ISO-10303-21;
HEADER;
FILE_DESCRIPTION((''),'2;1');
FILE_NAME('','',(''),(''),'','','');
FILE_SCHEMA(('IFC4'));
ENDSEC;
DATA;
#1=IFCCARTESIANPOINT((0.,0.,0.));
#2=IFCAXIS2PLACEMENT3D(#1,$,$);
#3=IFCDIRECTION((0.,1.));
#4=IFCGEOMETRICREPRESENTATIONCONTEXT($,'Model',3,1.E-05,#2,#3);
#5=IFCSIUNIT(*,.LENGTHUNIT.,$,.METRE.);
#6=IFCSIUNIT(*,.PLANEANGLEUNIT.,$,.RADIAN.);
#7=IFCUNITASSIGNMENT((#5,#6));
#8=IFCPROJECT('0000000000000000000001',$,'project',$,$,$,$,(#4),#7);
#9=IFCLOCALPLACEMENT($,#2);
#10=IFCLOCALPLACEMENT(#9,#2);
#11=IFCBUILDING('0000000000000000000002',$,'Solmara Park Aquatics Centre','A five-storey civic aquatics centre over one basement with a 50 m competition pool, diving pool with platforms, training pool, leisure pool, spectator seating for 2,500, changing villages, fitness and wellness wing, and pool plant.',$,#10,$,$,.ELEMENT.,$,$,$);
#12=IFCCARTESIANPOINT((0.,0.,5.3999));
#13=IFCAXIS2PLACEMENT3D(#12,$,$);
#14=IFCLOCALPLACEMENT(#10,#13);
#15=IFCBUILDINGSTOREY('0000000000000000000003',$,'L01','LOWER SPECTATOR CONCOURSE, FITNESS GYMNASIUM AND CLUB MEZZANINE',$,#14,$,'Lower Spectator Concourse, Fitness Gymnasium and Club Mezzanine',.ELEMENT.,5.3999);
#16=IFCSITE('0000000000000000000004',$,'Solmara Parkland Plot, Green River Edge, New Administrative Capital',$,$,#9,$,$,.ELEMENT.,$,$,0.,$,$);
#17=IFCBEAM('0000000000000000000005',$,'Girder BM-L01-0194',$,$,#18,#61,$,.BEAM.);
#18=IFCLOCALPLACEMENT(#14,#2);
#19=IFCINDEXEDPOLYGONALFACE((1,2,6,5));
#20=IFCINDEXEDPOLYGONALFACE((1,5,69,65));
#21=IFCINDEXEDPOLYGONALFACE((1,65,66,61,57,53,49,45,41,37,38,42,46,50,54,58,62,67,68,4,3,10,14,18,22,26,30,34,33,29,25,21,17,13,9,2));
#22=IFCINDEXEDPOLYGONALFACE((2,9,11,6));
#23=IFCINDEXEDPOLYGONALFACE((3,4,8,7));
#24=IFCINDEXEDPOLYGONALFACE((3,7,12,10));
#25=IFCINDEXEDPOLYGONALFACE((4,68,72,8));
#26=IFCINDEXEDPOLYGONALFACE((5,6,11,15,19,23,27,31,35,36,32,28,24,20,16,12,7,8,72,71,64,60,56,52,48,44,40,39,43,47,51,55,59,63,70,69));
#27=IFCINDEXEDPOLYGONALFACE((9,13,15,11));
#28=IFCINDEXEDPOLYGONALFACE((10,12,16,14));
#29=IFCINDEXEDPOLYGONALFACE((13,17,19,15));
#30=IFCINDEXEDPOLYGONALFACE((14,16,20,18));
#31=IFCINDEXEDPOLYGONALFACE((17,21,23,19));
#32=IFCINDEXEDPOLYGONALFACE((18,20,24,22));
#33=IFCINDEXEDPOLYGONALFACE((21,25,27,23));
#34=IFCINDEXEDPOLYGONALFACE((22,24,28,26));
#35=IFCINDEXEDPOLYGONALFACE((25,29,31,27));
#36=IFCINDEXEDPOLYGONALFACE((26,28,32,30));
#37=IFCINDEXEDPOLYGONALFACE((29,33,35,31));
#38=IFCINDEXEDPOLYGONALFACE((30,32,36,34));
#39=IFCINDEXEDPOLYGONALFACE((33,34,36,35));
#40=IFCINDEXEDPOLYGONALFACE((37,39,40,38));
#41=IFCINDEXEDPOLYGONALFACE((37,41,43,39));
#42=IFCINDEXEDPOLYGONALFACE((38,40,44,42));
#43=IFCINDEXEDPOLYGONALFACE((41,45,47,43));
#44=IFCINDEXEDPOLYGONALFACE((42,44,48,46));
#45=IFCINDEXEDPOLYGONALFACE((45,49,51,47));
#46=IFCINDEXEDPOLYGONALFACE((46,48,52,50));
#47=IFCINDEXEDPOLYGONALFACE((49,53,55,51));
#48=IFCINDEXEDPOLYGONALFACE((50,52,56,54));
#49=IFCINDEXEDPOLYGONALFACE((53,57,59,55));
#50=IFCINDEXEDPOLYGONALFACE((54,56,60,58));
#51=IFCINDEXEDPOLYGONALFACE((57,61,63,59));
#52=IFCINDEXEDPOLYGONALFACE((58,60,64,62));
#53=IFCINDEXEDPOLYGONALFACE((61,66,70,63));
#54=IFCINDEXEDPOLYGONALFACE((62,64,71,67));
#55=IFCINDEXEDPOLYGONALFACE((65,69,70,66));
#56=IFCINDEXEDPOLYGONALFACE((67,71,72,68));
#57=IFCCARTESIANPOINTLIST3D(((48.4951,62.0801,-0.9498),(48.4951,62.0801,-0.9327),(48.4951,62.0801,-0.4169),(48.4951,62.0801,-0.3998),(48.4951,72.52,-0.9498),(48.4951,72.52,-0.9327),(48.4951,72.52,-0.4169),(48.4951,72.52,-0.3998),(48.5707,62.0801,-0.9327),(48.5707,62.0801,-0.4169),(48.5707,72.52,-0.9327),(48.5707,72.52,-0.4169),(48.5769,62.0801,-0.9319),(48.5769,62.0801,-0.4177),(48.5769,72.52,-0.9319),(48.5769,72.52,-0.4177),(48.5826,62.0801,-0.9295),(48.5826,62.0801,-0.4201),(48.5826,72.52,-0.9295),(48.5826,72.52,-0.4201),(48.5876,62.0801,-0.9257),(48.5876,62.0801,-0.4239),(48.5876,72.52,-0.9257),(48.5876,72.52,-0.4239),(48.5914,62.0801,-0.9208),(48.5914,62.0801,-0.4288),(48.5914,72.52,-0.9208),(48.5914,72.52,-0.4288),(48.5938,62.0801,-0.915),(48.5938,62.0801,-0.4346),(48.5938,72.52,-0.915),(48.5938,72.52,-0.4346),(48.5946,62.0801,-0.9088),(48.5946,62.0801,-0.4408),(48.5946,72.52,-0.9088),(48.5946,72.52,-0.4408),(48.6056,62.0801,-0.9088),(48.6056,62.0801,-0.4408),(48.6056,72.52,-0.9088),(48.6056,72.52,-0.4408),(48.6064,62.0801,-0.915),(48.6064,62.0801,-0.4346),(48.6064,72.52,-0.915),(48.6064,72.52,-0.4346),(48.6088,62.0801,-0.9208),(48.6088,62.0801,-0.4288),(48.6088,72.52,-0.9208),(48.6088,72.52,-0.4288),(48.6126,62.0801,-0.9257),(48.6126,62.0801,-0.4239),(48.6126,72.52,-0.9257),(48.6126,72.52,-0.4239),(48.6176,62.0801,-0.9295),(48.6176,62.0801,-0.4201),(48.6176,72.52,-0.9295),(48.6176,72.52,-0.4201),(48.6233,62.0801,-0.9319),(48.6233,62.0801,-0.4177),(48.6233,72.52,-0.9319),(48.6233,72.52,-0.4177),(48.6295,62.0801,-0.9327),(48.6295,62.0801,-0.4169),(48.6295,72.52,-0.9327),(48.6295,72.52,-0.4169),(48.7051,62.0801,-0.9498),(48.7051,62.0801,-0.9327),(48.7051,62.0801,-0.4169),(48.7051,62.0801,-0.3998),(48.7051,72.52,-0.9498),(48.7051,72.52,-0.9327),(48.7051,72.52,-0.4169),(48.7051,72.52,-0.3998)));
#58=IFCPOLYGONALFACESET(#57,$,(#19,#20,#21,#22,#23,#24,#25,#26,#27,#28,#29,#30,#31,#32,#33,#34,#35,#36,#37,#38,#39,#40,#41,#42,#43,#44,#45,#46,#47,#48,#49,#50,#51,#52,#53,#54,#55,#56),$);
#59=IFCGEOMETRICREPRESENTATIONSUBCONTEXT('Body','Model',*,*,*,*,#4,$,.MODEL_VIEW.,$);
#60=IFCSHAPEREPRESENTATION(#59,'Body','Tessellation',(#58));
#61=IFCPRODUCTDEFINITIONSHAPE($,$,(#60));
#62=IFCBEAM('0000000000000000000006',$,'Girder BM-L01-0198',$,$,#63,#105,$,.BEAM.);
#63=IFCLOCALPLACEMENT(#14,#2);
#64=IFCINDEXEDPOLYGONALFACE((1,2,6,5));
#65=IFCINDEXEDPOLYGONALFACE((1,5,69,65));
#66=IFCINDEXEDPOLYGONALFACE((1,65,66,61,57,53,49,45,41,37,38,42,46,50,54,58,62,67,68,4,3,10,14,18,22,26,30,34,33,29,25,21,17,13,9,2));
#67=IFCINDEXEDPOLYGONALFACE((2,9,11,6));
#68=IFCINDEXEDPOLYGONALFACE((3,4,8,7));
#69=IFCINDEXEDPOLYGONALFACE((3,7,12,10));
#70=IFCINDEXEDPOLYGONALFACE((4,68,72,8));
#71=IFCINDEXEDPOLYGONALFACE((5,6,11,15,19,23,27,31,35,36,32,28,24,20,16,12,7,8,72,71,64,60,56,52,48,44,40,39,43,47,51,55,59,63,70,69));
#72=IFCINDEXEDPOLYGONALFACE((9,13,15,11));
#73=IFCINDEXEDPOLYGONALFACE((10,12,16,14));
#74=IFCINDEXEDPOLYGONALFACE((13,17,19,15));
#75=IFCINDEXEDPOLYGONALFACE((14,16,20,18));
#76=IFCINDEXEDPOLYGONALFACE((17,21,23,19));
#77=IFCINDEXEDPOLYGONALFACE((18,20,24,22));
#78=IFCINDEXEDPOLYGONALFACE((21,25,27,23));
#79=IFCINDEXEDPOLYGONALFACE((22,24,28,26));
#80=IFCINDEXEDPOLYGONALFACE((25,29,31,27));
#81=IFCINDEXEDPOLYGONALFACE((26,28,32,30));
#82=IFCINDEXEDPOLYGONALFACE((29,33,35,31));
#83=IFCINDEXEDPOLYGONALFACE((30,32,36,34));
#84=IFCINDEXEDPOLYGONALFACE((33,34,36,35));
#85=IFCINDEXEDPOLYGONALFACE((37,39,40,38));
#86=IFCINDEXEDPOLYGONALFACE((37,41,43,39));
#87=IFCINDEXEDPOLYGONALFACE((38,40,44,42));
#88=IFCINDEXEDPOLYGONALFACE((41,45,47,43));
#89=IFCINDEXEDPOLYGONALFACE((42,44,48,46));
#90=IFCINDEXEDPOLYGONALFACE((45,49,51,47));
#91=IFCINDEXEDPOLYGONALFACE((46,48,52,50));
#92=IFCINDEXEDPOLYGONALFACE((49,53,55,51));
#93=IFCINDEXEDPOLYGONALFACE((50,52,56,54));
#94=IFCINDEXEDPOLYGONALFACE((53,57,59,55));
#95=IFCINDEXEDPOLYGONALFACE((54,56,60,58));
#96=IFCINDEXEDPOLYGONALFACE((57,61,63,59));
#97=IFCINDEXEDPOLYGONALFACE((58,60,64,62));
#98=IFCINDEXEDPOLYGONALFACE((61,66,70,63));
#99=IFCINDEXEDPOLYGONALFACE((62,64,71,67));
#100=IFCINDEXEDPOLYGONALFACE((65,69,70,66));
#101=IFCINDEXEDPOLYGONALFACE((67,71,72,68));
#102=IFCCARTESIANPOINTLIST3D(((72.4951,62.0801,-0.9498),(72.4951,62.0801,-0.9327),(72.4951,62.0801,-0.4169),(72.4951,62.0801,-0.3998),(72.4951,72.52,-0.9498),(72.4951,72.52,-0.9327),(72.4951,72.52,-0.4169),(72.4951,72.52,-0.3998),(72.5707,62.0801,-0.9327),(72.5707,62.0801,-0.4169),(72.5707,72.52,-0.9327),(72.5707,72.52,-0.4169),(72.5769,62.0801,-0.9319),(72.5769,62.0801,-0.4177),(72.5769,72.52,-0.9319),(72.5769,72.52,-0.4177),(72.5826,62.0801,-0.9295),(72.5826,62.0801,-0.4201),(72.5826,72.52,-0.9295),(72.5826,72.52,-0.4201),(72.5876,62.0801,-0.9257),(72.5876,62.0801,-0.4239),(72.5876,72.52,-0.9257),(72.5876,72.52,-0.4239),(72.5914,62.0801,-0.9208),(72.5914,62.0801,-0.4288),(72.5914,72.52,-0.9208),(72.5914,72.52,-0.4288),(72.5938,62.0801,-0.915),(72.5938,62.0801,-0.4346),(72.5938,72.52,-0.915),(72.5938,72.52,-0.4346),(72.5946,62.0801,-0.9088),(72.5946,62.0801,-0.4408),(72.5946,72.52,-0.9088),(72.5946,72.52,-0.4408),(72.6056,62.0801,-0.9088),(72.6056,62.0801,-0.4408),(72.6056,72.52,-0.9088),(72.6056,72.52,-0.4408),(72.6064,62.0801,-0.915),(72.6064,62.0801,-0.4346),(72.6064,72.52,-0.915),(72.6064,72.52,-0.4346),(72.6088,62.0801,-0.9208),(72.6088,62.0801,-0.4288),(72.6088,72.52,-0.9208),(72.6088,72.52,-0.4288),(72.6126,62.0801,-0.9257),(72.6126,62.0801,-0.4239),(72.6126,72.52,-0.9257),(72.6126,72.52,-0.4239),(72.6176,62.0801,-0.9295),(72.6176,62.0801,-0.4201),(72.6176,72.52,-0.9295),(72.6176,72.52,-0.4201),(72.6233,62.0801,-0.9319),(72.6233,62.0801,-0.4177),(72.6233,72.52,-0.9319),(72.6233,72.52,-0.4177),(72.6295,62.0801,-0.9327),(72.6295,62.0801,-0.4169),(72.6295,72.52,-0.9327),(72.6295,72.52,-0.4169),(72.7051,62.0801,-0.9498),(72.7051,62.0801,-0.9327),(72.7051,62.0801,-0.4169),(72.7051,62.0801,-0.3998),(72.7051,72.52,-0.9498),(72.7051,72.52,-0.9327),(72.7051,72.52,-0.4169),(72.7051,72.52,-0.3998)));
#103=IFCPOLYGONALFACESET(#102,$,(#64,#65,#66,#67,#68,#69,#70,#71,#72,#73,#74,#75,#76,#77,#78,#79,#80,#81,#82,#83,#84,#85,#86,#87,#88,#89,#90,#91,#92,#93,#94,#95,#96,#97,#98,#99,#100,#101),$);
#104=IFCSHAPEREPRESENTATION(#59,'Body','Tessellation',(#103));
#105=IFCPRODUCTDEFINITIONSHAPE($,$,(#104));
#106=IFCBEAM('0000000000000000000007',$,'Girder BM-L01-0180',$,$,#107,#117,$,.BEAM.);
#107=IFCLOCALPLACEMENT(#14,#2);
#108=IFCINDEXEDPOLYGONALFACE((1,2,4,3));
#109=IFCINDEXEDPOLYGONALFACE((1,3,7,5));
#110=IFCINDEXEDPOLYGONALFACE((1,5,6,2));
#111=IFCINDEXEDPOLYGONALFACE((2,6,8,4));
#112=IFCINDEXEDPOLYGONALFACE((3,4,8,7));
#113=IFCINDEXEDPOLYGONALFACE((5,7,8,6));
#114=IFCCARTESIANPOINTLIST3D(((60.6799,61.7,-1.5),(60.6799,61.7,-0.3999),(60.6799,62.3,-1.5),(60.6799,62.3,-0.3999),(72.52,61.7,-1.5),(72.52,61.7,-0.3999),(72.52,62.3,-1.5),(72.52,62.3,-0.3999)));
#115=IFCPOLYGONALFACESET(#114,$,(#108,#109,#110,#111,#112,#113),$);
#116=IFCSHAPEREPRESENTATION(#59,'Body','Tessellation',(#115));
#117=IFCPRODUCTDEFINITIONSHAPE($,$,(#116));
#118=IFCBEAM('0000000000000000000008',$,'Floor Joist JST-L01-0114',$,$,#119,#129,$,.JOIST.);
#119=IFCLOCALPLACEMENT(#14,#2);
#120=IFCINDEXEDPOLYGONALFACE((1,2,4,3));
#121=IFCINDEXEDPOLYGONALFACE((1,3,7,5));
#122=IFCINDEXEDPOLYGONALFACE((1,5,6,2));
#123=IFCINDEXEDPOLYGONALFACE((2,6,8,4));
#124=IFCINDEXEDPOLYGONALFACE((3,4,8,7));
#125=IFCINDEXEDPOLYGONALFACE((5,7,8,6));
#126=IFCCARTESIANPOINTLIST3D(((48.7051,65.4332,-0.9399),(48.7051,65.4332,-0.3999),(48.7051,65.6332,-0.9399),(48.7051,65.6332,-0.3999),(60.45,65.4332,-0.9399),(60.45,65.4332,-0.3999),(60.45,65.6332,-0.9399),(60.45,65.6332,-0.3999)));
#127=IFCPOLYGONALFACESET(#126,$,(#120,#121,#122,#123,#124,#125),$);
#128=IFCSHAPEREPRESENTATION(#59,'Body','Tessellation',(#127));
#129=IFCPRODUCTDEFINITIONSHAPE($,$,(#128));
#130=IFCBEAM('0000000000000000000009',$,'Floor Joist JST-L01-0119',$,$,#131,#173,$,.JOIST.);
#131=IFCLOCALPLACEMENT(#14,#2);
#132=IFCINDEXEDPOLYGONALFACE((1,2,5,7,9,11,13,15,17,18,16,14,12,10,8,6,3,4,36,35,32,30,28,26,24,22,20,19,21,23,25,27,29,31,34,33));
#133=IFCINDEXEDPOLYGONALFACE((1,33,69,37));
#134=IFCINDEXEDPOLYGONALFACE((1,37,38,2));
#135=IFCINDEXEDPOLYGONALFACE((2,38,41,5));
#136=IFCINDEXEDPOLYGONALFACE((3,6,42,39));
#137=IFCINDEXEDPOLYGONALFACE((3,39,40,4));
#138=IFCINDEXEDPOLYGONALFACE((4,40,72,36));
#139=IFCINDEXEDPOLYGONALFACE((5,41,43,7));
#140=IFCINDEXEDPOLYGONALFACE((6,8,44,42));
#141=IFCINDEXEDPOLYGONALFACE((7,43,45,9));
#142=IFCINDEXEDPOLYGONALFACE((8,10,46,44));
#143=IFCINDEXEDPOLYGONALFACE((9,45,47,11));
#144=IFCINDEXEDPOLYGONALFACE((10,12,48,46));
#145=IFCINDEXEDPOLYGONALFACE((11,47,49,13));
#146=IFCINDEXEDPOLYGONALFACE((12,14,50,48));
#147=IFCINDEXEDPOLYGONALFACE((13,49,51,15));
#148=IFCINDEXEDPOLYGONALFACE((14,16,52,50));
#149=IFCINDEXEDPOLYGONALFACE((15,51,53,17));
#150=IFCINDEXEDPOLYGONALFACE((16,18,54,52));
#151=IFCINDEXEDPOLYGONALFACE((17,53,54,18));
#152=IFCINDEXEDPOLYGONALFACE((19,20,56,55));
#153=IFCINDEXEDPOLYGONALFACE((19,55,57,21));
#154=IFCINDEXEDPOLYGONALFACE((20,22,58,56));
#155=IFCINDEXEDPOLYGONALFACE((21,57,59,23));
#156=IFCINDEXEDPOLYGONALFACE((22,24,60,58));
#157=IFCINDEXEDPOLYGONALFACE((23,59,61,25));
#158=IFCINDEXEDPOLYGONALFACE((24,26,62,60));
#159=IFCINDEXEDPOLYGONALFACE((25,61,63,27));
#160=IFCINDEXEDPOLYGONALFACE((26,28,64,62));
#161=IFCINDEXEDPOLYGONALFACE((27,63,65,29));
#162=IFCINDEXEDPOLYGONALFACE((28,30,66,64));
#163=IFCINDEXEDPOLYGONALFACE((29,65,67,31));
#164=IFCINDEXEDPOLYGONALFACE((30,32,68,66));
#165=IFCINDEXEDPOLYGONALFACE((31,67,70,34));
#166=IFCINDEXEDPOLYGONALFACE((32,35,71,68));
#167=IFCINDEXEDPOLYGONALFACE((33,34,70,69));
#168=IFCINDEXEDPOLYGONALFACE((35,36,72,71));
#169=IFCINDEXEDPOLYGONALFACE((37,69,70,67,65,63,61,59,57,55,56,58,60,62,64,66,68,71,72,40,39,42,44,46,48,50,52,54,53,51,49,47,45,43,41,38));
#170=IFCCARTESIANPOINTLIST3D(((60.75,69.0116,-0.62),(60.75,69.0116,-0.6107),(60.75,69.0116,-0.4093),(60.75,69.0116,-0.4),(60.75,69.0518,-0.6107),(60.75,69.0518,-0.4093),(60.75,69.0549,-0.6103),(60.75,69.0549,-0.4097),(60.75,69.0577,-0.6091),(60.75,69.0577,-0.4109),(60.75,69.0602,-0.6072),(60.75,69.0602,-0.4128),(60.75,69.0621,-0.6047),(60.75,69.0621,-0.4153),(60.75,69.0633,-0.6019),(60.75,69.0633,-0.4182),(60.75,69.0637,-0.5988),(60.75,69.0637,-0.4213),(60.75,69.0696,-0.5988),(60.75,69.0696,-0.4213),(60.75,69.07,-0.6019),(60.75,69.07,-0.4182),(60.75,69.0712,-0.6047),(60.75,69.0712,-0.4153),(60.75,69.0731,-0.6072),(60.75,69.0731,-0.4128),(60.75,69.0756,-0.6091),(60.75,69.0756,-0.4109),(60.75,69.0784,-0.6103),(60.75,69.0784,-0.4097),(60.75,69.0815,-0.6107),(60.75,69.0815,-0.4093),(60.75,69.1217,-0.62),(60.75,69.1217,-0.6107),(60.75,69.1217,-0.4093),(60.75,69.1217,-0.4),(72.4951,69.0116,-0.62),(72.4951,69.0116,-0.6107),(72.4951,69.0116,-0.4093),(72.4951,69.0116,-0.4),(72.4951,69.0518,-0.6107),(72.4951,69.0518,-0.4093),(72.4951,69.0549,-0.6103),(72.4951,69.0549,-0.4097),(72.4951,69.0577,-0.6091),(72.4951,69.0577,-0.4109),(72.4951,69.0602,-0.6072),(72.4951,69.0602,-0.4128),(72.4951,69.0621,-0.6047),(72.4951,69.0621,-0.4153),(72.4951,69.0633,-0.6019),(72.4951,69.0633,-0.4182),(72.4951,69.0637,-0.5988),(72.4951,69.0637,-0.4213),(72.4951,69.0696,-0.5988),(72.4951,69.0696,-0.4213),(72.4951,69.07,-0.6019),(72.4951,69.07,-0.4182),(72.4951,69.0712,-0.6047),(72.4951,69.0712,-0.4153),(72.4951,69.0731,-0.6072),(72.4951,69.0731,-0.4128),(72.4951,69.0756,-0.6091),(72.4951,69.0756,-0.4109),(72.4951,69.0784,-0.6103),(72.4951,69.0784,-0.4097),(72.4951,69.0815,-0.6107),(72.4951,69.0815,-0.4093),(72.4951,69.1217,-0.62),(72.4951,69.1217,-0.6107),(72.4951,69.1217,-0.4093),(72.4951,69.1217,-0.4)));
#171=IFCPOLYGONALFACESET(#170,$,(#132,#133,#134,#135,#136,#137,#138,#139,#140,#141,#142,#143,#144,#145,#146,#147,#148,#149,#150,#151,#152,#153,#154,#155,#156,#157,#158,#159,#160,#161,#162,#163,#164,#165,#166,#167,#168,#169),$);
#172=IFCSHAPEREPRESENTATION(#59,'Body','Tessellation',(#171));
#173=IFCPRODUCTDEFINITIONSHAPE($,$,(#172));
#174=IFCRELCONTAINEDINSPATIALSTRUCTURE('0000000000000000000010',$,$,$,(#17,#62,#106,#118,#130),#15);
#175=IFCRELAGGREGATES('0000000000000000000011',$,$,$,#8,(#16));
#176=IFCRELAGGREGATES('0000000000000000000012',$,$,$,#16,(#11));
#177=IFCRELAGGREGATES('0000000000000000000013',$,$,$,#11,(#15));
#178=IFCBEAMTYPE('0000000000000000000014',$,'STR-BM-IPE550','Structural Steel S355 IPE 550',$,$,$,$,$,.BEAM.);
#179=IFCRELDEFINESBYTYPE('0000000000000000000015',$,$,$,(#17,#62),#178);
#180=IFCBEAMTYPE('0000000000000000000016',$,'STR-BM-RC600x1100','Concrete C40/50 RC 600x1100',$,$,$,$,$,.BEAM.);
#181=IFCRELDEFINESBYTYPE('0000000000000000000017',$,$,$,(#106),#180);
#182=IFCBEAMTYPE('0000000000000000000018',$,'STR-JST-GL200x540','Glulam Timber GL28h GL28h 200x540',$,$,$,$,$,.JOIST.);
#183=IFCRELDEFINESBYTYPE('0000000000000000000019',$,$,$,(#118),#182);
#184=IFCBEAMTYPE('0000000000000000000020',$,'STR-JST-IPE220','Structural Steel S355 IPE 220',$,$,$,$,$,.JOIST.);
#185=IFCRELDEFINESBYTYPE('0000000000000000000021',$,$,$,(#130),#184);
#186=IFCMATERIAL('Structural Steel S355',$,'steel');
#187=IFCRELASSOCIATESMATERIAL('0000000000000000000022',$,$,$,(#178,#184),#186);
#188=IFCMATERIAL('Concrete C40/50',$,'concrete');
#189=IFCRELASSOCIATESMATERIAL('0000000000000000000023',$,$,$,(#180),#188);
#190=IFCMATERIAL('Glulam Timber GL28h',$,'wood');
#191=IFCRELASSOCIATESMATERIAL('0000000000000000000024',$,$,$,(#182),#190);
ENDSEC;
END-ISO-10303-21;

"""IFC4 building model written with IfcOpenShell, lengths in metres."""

from ifc_helpers import new_model, si_unit, direction, frame, origin, origin_2d, place, context, subcontext, project, spatial, rectangle, i_section, extrude, material, material_profile, profile_set, type_object, element, save


model = new_model("IFC4")

# Units and contexts
model_context = context("Model", 3, precision=1e-05, world=origin(), true_north=direction((0.0, 1.0)))
body_context = subcontext(model_context, "Body", "Model", "MODEL_VIEW")
ifc_project = project(units=[si_unit("LENGTHUNIT", "METRE"), si_unit("PLANEANGLEUNIT", "RADIAN")], contexts=[model_context])

# Site, building, storey
site_placement = place(None, origin())
site = spatial("IfcSite", under=ifc_project, at=site_placement, Name="Solmara Parkland Plot, Green River Edge, New Administrative Capital", CompositionType="ELEMENT", RefElevation=0.0)
building_placement = place(site_placement, origin())
building = spatial("IfcBuilding", under=site, at=building_placement, Name="Solmara Park Aquatics Centre", Description="A five-storey civic aquatics centre over one basement with a 50 m competition pool, diving pool with platforms, training pool, leisure pool, spectator seating for 2,500, changing villages, fitness and wellness wing, and pool plant.", CompositionType="ELEMENT")
storey_placement = place(building_placement, frame((0.0, 0.0, 5.3999)))
storey = spatial("IfcBuildingStorey", under=building, at=storey_placement, Name="L01", Description="LOWER SPECTATOR CONCOURSE, FITNESS GYMNASIUM AND CLUB MEZZANINE", LongName="Lower Spectator Concourse, Fitness Gymnasium and Club Mezzanine", CompositionType="ELEMENT", Elevation=5.3999)

# Shared definitions
ifc_material_1 = material(Name="Structural Steel S355", Category="steel")

# Beams
ifc_material_2 = material(Name="Glulam Timber GL28h", Category="wood")
ifc_material_profile_1 = material_profile(ifc_material_1, i_section(OverallWidth=0.21, OverallDepth=0.55, WebThickness=0.011, FlangeThickness=0.0171, FilletRadius=0.0239, at=origin_2d()), Name="IPE 550")
ifc_profile_set_1 = profile_set([ifc_material_profile_1], Name="Structural Steel S355")
beam_type_1 = type_object("IfcBeamType", Name="STR-BM-IPE550", Description="Structural Steel S355 IPE 550", PredefinedType="BEAM", material=ifc_profile_set_1)
for number, where, z_axis, x_axis, name in (
    (1, (48.6001, 62.0801, -0.6748), (0.0, 1.0, 0.0), (-1.0, 0.0, 0.0), "Girder BM-L01-0194"),
    (2, (72.6001, 62.0801, -0.6748), (0.0, 1.0, 0.0), (-1.0, 0.0, 0.0), "Girder BM-L01-0198"),
):
    element("IfcBeam", number, at=place(storey_placement, frame(where, z_axis=z_axis, x_axis=x_axis)), inside=storey, type_object=beam_type_1, Name=name, PredefinedType="BEAM", context=body_context, shape_type="SweptSolid", body=[
        extrude(i_section(OverallWidth=0.21, OverallDepth=0.55, WebThickness=0.011, FlangeThickness=0.0171, FilletRadius=0.0239, at=origin_2d()), origin(), (0.0, 0.0, 1.0), 10.4399),
    ])
ifc_material_3 = material(Name="Concrete C40/50", Category="concrete")
ifc_material_profile_2 = material_profile(ifc_material_3, rectangle(XDim=0.6001, YDim=1.1001, at=origin_2d()), Name="RC 600x1100")
ifc_profile_set_2 = profile_set([ifc_material_profile_2], Name="Concrete C40/50")
beam_type_2 = type_object("IfcBeamType", Name="STR-BM-RC600x1100", Description="Concrete C40/50 RC 600x1100", PredefinedType="BEAM", material=ifc_profile_set_2)
beam_1_placement = place(storey_placement, frame((60.6799, 62.0, -0.95), z_axis=(1.0, 0.0, 0.0), x_axis=(0.0, 1.0, 0.0)))
element("IfcBeam", 3, at=beam_1_placement, inside=storey, type_object=beam_type_2, Name="Girder BM-L01-0180", PredefinedType="BEAM", context=body_context, shape_type="SweptSolid", body=[
    extrude(rectangle(XDim=0.6001, YDim=1.1001, at=origin_2d()), origin(), (0.0, 0.0, 1.0), 11.8401),
])
ifc_material_profile_3 = material_profile(ifc_material_2, rectangle(XDim=0.2, YDim=0.54, at=origin_2d()), Name="GL28h 200x540")
ifc_profile_set_3 = profile_set([ifc_material_profile_3], Name="Glulam Timber GL28h")
beam_type_3 = type_object("IfcBeamType", Name="STR-JST-GL200x540", Description="Glulam Timber GL28h GL28h 200x540", PredefinedType="JOIST", material=ifc_profile_set_3)
beam_2_placement = place(storey_placement, frame((48.7051, 65.5332, -0.6699), z_axis=(1.0, 0.0, 0.0), x_axis=(0.0, 1.0, 0.0)))
element("IfcBeam", 4, at=beam_2_placement, inside=storey, type_object=beam_type_3, Name="Floor Joist JST-L01-0114", PredefinedType="JOIST", context=body_context, shape_type="SweptSolid", body=[
    extrude(rectangle(XDim=0.2, YDim=0.54, at=origin_2d()), origin(), (0.0, 0.0, 1.0), 11.7449),
])
ifc_material_profile_4 = material_profile(ifc_material_1, i_section(OverallWidth=0.1101, OverallDepth=0.22, WebThickness=0.0059, FlangeThickness=0.0093, FilletRadius=0.012, at=origin_2d()), Name="IPE 220")
ifc_profile_set_4 = profile_set([ifc_material_profile_4], Name="Structural Steel S355")
beam_type_4 = type_object("IfcBeamType", Name="STR-JST-IPE220", Description="Structural Steel S355 IPE 220", PredefinedType="JOIST", material=ifc_profile_set_4)
beam_3_placement = place(storey_placement, frame((60.75, 69.0667, -0.51), z_axis=(1.0, 0.0, 0.0), x_axis=(0.0, 1.0, 0.0)))
element("IfcBeam", 5, at=beam_3_placement, inside=storey, type_object=beam_type_4, Name="Floor Joist JST-L01-0119", PredefinedType="JOIST", context=body_context, shape_type="SweptSolid", body=[
    extrude(i_section(OverallWidth=0.1101, OverallDepth=0.22, WebThickness=0.0059, FlangeThickness=0.0093, FilletRadius=0.012, at=origin_2d()), origin(), (0.0, 0.0, 1.0), 11.7451),
])

save(model, "model.ifc")
